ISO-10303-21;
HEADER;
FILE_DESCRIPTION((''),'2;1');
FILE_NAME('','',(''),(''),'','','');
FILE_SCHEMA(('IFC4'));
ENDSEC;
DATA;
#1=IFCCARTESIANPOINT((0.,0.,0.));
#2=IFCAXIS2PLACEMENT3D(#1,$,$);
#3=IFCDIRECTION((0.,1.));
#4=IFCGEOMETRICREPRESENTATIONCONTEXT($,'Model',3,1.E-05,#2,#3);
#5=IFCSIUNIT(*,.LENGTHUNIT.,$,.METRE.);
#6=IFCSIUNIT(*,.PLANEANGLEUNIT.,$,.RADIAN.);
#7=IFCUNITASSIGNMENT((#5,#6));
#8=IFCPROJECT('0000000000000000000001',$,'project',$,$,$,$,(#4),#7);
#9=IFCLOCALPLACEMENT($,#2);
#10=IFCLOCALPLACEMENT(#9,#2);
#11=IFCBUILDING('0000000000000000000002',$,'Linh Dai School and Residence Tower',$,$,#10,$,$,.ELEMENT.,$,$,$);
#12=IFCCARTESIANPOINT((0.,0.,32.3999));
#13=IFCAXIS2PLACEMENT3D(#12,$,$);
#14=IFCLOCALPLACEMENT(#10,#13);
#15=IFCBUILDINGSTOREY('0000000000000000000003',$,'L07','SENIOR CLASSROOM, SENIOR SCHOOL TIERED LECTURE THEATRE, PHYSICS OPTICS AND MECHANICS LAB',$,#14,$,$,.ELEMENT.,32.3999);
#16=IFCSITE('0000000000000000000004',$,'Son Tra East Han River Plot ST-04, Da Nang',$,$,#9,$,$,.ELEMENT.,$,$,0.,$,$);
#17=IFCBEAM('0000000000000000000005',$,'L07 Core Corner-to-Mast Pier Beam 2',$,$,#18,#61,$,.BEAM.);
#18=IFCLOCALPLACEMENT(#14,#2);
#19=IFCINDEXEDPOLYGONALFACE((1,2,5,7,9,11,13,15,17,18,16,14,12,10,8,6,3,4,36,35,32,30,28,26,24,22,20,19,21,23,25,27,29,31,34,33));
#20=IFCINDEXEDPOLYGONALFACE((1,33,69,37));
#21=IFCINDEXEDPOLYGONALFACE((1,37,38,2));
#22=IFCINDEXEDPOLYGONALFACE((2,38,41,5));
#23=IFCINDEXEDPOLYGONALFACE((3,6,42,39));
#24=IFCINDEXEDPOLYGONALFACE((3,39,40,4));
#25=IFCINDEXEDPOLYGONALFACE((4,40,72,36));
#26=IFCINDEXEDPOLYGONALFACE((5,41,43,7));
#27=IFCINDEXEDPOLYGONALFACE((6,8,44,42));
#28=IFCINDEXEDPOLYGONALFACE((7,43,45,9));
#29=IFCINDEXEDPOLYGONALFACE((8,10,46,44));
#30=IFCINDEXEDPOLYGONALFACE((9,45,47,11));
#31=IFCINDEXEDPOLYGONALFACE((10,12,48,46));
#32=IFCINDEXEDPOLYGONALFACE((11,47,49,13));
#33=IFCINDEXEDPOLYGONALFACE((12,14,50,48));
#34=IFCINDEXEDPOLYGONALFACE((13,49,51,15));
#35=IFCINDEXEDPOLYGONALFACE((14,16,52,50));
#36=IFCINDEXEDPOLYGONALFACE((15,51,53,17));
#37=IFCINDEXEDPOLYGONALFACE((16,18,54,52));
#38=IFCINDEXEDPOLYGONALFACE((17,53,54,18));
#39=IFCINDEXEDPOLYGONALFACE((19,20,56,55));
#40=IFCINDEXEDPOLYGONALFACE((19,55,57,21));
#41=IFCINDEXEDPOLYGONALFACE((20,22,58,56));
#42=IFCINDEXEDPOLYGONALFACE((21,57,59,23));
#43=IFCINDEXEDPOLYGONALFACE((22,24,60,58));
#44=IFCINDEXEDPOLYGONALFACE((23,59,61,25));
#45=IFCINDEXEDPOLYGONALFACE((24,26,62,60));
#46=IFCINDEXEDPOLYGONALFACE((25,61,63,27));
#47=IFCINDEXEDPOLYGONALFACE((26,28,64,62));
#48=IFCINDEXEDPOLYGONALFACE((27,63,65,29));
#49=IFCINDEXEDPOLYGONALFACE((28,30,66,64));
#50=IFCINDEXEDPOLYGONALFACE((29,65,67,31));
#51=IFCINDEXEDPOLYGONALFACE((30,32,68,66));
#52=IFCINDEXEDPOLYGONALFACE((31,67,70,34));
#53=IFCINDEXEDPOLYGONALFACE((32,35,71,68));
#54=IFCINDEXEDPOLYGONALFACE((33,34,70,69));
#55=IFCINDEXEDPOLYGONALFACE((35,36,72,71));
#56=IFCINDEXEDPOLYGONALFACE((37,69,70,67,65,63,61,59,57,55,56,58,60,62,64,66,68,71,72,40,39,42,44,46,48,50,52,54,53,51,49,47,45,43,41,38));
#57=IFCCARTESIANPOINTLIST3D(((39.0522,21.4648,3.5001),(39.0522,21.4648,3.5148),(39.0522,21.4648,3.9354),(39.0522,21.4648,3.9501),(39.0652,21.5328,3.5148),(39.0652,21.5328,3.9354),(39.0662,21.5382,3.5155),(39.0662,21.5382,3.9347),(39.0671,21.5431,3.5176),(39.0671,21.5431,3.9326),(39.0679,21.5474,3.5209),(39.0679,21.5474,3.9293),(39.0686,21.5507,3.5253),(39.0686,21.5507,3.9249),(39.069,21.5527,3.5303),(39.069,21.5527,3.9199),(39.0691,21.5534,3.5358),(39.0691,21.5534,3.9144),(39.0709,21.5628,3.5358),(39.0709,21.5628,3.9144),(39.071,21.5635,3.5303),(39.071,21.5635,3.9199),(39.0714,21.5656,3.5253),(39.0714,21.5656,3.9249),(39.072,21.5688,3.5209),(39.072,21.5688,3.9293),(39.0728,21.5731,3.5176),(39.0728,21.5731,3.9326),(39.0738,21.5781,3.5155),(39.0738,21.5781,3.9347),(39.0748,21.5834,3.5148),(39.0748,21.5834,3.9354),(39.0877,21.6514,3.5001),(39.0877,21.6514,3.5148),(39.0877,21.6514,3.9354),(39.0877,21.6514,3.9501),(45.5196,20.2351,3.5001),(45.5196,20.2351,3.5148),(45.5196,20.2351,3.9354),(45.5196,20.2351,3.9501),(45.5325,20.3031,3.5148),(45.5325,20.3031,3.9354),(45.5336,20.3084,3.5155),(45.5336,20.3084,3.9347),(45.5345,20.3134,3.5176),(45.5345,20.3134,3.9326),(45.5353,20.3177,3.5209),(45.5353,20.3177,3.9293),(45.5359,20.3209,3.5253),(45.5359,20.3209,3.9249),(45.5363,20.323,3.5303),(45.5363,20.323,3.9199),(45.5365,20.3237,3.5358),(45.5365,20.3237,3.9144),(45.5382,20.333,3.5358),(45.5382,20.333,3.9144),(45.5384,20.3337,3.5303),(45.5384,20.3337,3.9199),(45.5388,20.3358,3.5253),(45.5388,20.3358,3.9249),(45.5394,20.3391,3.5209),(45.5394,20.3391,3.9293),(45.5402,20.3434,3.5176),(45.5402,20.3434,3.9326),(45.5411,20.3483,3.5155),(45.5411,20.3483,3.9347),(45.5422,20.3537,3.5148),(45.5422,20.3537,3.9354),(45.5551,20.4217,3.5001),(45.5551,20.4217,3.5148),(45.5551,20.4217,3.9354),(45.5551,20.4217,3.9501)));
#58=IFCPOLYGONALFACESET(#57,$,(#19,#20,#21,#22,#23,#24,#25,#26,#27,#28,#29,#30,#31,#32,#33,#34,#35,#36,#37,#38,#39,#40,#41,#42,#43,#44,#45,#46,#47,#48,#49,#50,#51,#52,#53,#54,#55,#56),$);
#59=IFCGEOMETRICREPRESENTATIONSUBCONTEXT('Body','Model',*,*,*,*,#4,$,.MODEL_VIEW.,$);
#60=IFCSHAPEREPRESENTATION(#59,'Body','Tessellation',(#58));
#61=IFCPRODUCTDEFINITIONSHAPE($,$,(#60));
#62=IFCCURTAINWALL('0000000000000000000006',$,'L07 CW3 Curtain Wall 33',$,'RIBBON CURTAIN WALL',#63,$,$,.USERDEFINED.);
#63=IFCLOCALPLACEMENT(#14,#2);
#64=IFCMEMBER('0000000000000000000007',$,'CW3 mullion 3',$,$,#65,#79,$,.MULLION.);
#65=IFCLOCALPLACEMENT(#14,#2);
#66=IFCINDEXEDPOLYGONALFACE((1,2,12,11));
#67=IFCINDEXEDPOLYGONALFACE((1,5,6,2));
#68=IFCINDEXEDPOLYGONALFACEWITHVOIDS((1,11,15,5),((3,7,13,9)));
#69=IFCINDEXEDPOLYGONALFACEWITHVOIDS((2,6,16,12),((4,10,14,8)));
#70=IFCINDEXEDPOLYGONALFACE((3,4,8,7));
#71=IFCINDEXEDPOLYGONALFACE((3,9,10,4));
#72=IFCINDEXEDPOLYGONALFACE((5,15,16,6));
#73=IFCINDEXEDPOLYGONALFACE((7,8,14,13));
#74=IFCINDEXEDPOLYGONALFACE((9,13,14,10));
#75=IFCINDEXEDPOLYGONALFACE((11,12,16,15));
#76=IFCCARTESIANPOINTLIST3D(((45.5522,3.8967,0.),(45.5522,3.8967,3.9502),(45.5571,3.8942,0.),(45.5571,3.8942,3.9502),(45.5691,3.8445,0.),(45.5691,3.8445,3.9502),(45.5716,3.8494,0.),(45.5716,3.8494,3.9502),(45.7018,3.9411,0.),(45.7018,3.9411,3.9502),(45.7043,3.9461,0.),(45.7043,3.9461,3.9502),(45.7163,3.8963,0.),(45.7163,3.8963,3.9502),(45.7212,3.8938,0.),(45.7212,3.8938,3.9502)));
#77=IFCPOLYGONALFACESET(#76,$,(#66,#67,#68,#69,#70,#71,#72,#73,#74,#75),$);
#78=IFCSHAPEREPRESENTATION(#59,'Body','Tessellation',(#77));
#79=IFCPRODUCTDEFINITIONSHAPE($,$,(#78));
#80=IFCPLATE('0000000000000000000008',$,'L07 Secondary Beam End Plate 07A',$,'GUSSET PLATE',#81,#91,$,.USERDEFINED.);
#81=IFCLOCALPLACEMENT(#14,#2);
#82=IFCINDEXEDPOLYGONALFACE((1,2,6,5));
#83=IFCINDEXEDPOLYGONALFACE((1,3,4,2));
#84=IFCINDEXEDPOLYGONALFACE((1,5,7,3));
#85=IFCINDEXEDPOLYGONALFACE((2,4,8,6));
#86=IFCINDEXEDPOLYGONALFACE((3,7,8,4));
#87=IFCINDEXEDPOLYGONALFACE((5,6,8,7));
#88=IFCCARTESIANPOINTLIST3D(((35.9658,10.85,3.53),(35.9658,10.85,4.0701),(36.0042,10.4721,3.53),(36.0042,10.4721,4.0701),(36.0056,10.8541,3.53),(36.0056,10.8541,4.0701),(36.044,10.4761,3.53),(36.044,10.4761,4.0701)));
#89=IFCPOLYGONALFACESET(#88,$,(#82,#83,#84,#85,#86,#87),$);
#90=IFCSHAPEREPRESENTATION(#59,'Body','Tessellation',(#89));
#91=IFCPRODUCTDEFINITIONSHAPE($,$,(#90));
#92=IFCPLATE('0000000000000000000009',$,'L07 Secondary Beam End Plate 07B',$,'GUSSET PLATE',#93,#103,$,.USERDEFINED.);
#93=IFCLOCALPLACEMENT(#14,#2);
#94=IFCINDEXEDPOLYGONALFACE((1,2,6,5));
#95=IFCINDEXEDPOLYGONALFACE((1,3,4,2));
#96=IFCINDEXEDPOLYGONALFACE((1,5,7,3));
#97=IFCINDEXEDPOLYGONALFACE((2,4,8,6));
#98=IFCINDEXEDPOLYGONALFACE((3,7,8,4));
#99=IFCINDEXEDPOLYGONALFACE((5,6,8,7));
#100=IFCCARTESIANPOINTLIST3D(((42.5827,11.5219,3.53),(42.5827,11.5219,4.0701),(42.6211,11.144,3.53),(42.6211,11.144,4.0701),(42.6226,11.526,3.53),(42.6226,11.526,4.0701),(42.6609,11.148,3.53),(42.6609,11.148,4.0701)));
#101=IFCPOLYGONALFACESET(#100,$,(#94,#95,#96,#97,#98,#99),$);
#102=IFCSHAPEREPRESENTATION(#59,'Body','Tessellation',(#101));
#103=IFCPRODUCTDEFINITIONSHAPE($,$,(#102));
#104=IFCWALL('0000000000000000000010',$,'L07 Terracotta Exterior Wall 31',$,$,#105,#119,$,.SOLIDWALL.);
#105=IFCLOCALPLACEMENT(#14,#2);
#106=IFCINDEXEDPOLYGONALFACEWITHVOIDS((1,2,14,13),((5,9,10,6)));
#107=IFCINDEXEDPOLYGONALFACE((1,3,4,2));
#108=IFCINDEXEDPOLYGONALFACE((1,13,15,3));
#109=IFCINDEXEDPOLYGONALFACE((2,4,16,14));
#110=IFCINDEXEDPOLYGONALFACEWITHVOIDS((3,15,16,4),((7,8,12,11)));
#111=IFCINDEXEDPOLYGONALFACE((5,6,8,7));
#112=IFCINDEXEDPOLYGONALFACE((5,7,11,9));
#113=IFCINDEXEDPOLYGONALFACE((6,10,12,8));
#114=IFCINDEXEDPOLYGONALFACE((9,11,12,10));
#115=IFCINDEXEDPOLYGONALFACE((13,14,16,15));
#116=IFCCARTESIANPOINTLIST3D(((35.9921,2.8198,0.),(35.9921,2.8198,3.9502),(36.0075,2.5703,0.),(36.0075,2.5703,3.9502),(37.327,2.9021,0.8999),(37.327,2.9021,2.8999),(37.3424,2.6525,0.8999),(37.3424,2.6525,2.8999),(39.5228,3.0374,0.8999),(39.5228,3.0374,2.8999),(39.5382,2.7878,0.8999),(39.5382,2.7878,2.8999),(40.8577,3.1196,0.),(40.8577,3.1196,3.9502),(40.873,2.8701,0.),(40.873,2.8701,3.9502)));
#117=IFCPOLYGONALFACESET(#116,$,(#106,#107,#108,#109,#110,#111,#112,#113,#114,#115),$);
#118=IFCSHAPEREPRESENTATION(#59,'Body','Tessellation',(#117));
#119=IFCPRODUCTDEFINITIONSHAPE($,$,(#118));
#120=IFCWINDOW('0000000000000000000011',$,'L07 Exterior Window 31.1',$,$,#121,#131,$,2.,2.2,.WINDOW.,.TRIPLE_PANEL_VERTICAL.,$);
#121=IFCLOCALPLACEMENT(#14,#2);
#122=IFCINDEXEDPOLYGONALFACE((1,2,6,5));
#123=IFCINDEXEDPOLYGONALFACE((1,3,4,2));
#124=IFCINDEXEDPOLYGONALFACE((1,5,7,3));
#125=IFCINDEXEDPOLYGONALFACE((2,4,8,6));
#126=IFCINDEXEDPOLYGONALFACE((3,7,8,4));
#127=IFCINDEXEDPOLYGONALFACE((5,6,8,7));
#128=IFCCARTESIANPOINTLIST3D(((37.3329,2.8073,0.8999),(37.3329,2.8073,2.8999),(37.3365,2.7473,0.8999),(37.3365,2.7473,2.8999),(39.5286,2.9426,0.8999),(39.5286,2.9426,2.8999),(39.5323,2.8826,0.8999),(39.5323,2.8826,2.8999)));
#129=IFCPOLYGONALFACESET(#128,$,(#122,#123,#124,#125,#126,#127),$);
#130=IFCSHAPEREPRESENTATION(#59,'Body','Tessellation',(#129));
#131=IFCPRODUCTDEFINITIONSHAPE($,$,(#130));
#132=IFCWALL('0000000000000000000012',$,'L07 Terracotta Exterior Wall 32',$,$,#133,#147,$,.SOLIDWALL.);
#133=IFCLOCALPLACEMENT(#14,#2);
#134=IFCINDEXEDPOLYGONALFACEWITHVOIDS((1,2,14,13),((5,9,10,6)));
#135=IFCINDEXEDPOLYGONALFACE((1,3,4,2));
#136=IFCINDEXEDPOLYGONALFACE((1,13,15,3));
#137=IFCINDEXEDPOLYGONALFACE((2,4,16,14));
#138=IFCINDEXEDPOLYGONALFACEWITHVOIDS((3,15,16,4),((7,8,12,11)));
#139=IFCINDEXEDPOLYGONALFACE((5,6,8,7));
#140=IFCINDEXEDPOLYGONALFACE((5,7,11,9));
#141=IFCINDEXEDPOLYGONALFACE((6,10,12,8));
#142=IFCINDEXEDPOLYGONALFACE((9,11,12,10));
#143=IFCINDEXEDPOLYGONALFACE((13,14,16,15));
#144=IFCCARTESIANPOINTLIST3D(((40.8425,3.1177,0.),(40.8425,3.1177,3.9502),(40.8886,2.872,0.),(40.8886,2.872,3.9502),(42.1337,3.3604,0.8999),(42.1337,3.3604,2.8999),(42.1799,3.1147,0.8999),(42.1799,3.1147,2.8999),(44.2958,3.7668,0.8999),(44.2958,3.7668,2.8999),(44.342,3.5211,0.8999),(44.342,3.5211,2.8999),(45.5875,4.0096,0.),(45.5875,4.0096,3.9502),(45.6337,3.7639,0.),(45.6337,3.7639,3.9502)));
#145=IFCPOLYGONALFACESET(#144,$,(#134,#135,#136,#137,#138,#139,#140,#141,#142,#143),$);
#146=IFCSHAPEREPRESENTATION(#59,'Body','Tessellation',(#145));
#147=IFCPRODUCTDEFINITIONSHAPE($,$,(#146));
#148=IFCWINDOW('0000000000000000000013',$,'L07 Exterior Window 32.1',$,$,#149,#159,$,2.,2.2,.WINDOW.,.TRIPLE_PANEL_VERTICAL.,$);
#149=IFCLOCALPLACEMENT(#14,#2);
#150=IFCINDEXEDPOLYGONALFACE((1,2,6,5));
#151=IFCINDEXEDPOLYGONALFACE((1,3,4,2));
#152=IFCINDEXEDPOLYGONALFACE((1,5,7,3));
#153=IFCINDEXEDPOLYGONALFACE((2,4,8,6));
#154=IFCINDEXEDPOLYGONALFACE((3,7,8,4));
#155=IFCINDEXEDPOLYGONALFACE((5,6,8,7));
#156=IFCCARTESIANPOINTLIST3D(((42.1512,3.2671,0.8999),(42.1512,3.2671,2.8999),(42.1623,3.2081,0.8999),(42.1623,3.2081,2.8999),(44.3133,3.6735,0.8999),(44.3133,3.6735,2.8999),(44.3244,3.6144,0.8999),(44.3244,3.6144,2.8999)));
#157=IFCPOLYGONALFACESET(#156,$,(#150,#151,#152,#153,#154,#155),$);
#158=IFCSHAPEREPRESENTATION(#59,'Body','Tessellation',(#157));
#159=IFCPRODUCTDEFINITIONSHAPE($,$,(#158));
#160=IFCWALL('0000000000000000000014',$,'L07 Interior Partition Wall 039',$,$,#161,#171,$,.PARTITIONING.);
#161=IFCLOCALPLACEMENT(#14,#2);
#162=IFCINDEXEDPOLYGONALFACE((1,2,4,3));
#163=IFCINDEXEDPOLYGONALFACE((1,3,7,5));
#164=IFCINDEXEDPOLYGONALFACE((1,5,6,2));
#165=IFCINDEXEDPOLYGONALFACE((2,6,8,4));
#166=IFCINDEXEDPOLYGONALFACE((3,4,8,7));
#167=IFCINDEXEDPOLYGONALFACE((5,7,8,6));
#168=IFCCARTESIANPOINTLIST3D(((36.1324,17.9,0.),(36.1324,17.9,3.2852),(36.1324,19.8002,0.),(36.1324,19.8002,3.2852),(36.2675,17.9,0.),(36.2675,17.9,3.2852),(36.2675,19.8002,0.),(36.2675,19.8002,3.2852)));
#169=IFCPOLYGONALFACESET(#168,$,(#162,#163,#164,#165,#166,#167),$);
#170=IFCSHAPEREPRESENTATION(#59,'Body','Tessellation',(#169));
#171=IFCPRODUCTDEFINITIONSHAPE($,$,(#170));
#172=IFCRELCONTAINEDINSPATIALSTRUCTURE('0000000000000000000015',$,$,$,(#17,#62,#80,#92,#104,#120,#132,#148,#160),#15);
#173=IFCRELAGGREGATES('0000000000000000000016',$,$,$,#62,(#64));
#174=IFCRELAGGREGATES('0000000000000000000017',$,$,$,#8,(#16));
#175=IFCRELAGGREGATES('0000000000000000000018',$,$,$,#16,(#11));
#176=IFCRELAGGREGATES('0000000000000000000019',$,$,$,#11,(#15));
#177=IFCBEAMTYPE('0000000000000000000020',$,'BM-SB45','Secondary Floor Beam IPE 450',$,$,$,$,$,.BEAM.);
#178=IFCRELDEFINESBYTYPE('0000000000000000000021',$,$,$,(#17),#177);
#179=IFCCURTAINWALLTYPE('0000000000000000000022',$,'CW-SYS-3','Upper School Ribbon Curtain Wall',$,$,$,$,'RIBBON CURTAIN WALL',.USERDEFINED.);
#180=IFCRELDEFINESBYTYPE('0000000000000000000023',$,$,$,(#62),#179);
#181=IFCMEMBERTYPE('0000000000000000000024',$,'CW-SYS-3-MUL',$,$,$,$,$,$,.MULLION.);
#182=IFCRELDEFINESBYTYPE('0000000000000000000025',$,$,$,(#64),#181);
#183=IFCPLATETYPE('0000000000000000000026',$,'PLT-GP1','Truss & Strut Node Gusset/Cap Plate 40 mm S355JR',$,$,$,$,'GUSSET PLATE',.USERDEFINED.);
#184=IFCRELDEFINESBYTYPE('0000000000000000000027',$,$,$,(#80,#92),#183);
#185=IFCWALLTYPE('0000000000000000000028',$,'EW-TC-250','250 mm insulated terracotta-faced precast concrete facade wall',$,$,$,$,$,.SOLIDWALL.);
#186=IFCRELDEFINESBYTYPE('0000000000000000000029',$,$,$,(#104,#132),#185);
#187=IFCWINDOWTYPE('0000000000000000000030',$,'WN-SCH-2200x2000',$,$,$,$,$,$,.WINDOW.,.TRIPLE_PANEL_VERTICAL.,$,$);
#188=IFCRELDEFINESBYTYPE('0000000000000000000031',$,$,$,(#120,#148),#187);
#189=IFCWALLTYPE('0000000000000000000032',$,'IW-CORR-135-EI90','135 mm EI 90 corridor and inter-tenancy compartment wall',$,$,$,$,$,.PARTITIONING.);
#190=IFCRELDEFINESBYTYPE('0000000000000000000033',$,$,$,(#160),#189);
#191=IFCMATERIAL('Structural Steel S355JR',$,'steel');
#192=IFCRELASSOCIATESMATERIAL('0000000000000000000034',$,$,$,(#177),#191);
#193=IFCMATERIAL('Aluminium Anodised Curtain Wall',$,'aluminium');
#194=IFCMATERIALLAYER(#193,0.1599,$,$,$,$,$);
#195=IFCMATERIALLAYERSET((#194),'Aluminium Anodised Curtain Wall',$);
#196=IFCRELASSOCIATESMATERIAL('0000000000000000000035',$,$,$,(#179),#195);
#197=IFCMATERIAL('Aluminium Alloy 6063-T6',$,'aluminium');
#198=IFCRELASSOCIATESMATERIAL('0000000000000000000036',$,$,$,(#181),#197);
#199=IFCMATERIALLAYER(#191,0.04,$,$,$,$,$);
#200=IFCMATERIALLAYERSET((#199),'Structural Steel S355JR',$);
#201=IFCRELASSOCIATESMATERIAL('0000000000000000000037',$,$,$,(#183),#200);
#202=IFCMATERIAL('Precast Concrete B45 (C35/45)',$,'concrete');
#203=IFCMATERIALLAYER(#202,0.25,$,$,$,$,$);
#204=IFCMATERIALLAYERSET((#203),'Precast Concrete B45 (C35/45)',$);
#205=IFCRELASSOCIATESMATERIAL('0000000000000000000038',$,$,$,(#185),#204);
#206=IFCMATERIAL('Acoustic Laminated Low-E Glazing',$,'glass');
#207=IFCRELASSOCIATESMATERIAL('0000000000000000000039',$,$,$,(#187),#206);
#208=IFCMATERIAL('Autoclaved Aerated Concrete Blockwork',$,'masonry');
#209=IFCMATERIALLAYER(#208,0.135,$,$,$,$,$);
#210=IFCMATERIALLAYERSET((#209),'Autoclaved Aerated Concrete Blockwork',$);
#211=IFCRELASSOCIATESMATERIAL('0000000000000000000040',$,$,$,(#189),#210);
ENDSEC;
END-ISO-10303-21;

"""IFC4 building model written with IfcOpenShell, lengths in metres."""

from ifc_helpers import new_model, si_unit, direction, frame, frame_2d, origin, origin_2d, place, context, subcontext, project, spatial, rectangle, hollow_rectangle, i_section, extrude, source, transform, mapped, material, layer, layer_set, material_profile, profile_set, type_object, element, fill, aggregate, save


model = new_model("IFC4")

# Units and contexts
model_context = context("Model", 3, precision=1e-05, world=origin(), true_north=direction((0.0, 1.0)))
body_context = subcontext(model_context, "Body", "Model", "MODEL_VIEW")
ifc_project = project(units=[si_unit("LENGTHUNIT", "METRE"), si_unit("PLANEANGLEUNIT", "RADIAN")], contexts=[model_context])

# Site, building, storey
site_placement = place(None, origin())
site = spatial("IfcSite", under=ifc_project, at=site_placement, Name="Son Tra East Han River Plot ST-04, Da Nang", CompositionType="ELEMENT", RefElevation=0.0)
building_placement = place(site_placement, origin())
building = spatial("IfcBuilding", under=site, at=building_placement, Name="Linh Dai School and Residence Tower", CompositionType="ELEMENT")
storey_placement = place(building_placement, frame((0.0, 0.0, 32.3999)))
storey = spatial("IfcBuildingStorey", under=building, at=storey_placement, Name="L07", Description="SENIOR CLASSROOM, SENIOR SCHOOL TIERED LECTURE THEATRE, PHYSICS OPTICS AND MECHANICS LAB", CompositionType="ELEMENT", Elevation=32.3999)

# Shared definitions
ifc_material_1 = material(Name="Structural Steel S355JR", Category="steel")

# Beam
ifc_material_profile_1 = material_profile(ifc_material_1, i_section(OverallWidth=0.1899, OverallDepth=0.45, WebThickness=0.0095, FlangeThickness=0.0146, FilletRadius=0.021, at=origin_2d()), Name="IPE 450")
ifc_profile_set_1 = profile_set([ifc_material_profile_1], Name="Structural Steel S355JR")
beam_type_1 = type_object("IfcBeamType", Name="BM-SB45", Description="Secondary Floor Beam IPE 450", PredefinedType="BEAM", material=ifc_profile_set_1)
beam_1_placement = place(storey_placement, frame((45.5374, 20.3284, 3.7251), z_axis=(-0.982398, 0.1868, 0.0), x_axis=(-0.1868, -0.982398, 0.0)))
element("IfcBeam", 1, at=beam_1_placement, inside=storey, type_object=beam_type_1, Name="L07 Core Corner-to-Mast Pier Beam 2", PredefinedType="BEAM", context=body_context, shape_type="SweptSolid", body=[
    extrude(i_section(OverallWidth=0.1899, OverallDepth=0.45, WebThickness=0.0095, FlangeThickness=0.0146, FilletRadius=0.021, at=origin_2d()), origin(), (0.0, 0.0, 1.0), 6.5833),
])

# Curtain wall, member
ifc_material_2 = material(Name="Aluminium Anodised Curtain Wall", Category="aluminium")
ifc_layer_1 = layer(ifc_material_2, 0.1599)
ifc_layer_set_1 = layer_set([ifc_layer_1], Name="Aluminium Anodised Curtain Wall")
curtain_wall_type = type_object("IfcCurtainWallType", Name="CW-SYS-3", Description="Upper School Ribbon Curtain Wall", ElementType="RIBBON CURTAIN WALL", PredefinedType="USERDEFINED", material=ifc_layer_set_1)
curtain_wall_placement = place(storey_placement, origin())
curtain_wall = element("IfcCurtainWall", 2, at=curtain_wall_placement, inside=storey, type_object=curtain_wall_type, Name="L07 CW3 Curtain Wall 33", ObjectType="RIBBON CURTAIN WALL", PredefinedType="USERDEFINED")
ifc_material_3 = material(Name="Aluminium Alloy 6063-T6", Category="aluminium")
ifc_material_profile_2 = material_profile(ifc_material_3, hollow_rectangle(XDim=0.0549, YDim=0.1599, WallThickness=0.0039, at=origin_2d()), Name="RHS 160x55x4")
ifc_profile_set_2 = profile_set([ifc_material_profile_2], Name="Aluminium Alloy 6063-T6")
member_type = type_object("IfcMemberType", Name="CW-SYS-3-MUL", PredefinedType="MULLION", material=ifc_profile_set_2)
shared_shape_1 = source(origin(), body_context, "Body", "SweptSolid", [
    extrude(hollow_rectangle(XDim=0.0549, YDim=0.1599, WallThickness=0.0039, at=origin_2d()), origin(), (0.0, 0.0, 1.0), 3.9502),
])
member_placement = place(storey_placement, frame((45.6367, 3.8953, 0.0), z_axis=(0.0, 0.0, 1.0), x_axis=(0.308511, -0.951221, 0.0)))
member = element("IfcMember", 3, at=member_placement, type_object=member_type, Name="CW3 mullion 3", PredefinedType="MULLION", context=body_context, shape_type="MappedRepresentation", body=[
    mapped(shared_shape_1, transform((0.0, 0.0, 0.0), x_axis=(1.0, 0.0, 0.0), y_axis=(0.0, 1.0, 0.0), z_axis=(0.0, 0.0, 1.0), scale=1.0)),
])
aggregate(curtain_wall, [member])

# Plates
ifc_layer_2 = layer(ifc_material_1, 0.04)
ifc_layer_set_2 = layer_set([ifc_layer_2], Name="Structural Steel S355JR")
plate_type = type_object("IfcPlateType", Name="PLT-GP1", Description="Truss & Strut Node Gusset/Cap Plate 40 mm S355JR", ElementType="GUSSET PLATE", PredefinedType="USERDEFINED", material=ifc_layer_set_2)
shared_shape_2 = source(origin(), body_context, "Body", "SweptSolid", [
    extrude(rectangle(XDim=0.04, YDim=0.3799, at=origin_2d()), origin(), (0.0, 0.0, 1.0), 0.54),
])
for number, where, z_axis, x_axis, name in (
    (4, (36.0049, 10.6631, 3.53), (0.0, 0.0, 1.0), (0.994884, 0.101023, 0.0), "L07 Secondary Beam End Plate 07A"),
    (5, (42.6218, 11.335, 3.53), (0.0, 0.0, 1.0), (0.994884, 0.101023, 0.0), "L07 Secondary Beam End Plate 07B"),
):
    element("IfcPlate", number, at=place(storey_placement, frame(where, z_axis=z_axis, x_axis=x_axis)), inside=storey, type_object=plate_type, Name=name, ObjectType="GUSSET PLATE", PredefinedType="USERDEFINED", context=body_context, shape_type="MappedRepresentation", body=[
        mapped(shared_shape_2, transform((0.0, 0.0, 0.0), x_axis=(1.0, 0.0, 0.0), y_axis=(0.0, 1.0, 0.0), z_axis=(0.0, 0.0, 1.0), scale=1.0)),
    ])

# Walls, openings, windows
ifc_material_4 = material(Name="Precast Concrete B45 (C35/45)", Category="concrete")
ifc_layer_3 = layer(ifc_material_4, 0.25)
ifc_layer_set_3 = layer_set([ifc_layer_3], Name="Precast Concrete B45 (C35/45)")
wall_type_1 = type_object("IfcWallType", Name="EW-TC-250", Description="250 mm insulated terracotta-faced precast concrete facade wall", PredefinedType="SOLIDWALL", material=ifc_layer_set_3)
wall_1_placement = place(storey_placement, frame((40.8655, 2.9949, 0.0), z_axis=(0.0, 0.0, 1.0), x_axis=(-0.998107, -0.061502, 0.0)))
wall_1 = element("IfcWall", 6, at=wall_1_placement, inside=storey, type_object=wall_type_1, Name="L07 Terracotta Exterior Wall 31", PredefinedType="SOLIDWALL", context=body_context, shape_type="SweptSolid", body=[
    extrude(rectangle(XDim=4.8748, YDim=0.25, at=frame_2d((2.4375, 0.0))), origin(), (0.0, 0.0, 1.0), 3.9502),
])
opening_1_placement = place(wall_1_placement, frame((1.3374, 0.0, 0.8999)))
opening_1 = element("IfcOpeningElement", 7, at=opening_1_placement, cuts=wall_1, PredefinedType="OPENING", context=body_context, shape_type="SweptSolid", body=[
    extrude(rectangle(XDim=2.2, YDim=2.0, at=origin_2d()), frame((1.1001, 0.135, 1.0), z_axis=(0.0, -1.0, 0.0), x_axis=(1.0, 0.0, 0.0)), (0.0, 0.0, 1.0), 0.27),
])
ifc_material_5 = material(Name="Acoustic Laminated Low-E Glazing", Category="glass")
window_type = type_object("IfcWindowType", Name="WN-SCH-2200x2000", PartitioningType="TRIPLE_PANEL_VERTICAL", PredefinedType="WINDOW", material=ifc_material_5)
shared_shape_3 = source(origin(), body_context, "Body", "SweptSolid", [
    extrude(rectangle(XDim=2.2, YDim=2.0, at=origin_2d()), frame((1.1001, 0.03, 1.0), z_axis=(0.0, -1.0, 0.0), x_axis=(1.0, 0.0, 0.0)), (0.0, 0.0, 1.0), 0.0601),
])
window_1_placement = place(opening_1_placement, origin())
window_1 = element("IfcWindow", 8, at=window_1_placement, inside=storey, type_object=window_type, Name="L07 Exterior Window 31.1", OverallHeight=2.0, OverallWidth=2.2, PartitioningType="TRIPLE_PANEL_VERTICAL", PredefinedType="WINDOW", context=body_context, shape_type="MappedRepresentation", body=[
    mapped(shared_shape_3, transform((0.0, 0.0, 0.0), x_axis=(1.0, 0.0, 0.0), y_axis=(0.0, 1.0, 0.0), z_axis=(0.0, 0.0, 1.0), scale=1.0)),
])
fill(opening_1, window_1)
wall_2_placement = place(storey_placement, frame((45.6106, 3.8867, 0.0), z_axis=(0.0, 0.0, 1.0), x_axis=(-0.982792, -0.184716, 0.0)))
wall_2 = element("IfcWall", 9, at=wall_2_placement, inside=storey, type_object=wall_type_1, Name="L07 Terracotta Exterior Wall 32", PredefinedType="SOLIDWALL", context=body_context, shape_type="SweptSolid", body=[
    extrude(rectangle(XDim=4.8281, YDim=0.25, at=frame_2d((2.4141, 0.0))), origin(), (0.0, 0.0, 1.0), 3.9502),
])
opening_2_placement = place(wall_2_placement, frame((1.3142, 0.0, 0.8999)))
opening_2 = element("IfcOpeningElement", 10, at=opening_2_placement, cuts=wall_2, PredefinedType="OPENING", context=body_context, shape_type="SweptSolid", body=[
    extrude(rectangle(XDim=2.2, YDim=2.0, at=origin_2d()), frame((1.1001, 0.135, 1.0), z_axis=(0.0, -1.0, 0.0), x_axis=(1.0, 0.0, 0.0)), (0.0, 0.0, 1.0), 0.27),
])
window_2_placement = place(opening_2_placement, origin())
window_2 = element("IfcWindow", 11, at=window_2_placement, inside=storey, type_object=window_type, Name="L07 Exterior Window 32.1", OverallHeight=2.0, OverallWidth=2.2, PartitioningType="TRIPLE_PANEL_VERTICAL", PredefinedType="WINDOW", context=body_context, shape_type="MappedRepresentation", body=[
    mapped(shared_shape_3, transform((0.0, 0.0, 0.0), x_axis=(1.0, 0.0, 0.0), y_axis=(0.0, 1.0, 0.0), z_axis=(0.0, 0.0, 1.0), scale=1.0)),
])
fill(opening_2, window_2)

# Wall
ifc_material_6 = material(Name="Autoclaved Aerated Concrete Blockwork", Category="masonry")
ifc_layer_4 = layer(ifc_material_6, 0.135)
ifc_layer_set_4 = layer_set([ifc_layer_4], Name="Autoclaved Aerated Concrete Blockwork")
wall_type_2 = type_object("IfcWallType", Name="IW-CORR-135-EI90", Description="135 mm EI 90 corridor and inter-tenancy compartment wall", PredefinedType="PARTITIONING", material=ifc_layer_set_4)
wall_3_placement = place(storey_placement, frame((36.2, 17.8999, 0.0), z_axis=(0.0, 0.0, 1.0), x_axis=(0.0, 1.0, 0.0)))
element("IfcWall", 12, at=wall_3_placement, inside=storey, type_object=wall_type_2, Name="L07 Interior Partition Wall 039", PredefinedType="PARTITIONING", context=body_context, shape_type="SweptSolid", body=[
    extrude(rectangle(XDim=1.9001, YDim=0.135, at=frame_2d((0.9502, 0.0))), origin(), (0.0, 0.0, 1.0), 3.2852),
])

save(model, "model.ifc")
